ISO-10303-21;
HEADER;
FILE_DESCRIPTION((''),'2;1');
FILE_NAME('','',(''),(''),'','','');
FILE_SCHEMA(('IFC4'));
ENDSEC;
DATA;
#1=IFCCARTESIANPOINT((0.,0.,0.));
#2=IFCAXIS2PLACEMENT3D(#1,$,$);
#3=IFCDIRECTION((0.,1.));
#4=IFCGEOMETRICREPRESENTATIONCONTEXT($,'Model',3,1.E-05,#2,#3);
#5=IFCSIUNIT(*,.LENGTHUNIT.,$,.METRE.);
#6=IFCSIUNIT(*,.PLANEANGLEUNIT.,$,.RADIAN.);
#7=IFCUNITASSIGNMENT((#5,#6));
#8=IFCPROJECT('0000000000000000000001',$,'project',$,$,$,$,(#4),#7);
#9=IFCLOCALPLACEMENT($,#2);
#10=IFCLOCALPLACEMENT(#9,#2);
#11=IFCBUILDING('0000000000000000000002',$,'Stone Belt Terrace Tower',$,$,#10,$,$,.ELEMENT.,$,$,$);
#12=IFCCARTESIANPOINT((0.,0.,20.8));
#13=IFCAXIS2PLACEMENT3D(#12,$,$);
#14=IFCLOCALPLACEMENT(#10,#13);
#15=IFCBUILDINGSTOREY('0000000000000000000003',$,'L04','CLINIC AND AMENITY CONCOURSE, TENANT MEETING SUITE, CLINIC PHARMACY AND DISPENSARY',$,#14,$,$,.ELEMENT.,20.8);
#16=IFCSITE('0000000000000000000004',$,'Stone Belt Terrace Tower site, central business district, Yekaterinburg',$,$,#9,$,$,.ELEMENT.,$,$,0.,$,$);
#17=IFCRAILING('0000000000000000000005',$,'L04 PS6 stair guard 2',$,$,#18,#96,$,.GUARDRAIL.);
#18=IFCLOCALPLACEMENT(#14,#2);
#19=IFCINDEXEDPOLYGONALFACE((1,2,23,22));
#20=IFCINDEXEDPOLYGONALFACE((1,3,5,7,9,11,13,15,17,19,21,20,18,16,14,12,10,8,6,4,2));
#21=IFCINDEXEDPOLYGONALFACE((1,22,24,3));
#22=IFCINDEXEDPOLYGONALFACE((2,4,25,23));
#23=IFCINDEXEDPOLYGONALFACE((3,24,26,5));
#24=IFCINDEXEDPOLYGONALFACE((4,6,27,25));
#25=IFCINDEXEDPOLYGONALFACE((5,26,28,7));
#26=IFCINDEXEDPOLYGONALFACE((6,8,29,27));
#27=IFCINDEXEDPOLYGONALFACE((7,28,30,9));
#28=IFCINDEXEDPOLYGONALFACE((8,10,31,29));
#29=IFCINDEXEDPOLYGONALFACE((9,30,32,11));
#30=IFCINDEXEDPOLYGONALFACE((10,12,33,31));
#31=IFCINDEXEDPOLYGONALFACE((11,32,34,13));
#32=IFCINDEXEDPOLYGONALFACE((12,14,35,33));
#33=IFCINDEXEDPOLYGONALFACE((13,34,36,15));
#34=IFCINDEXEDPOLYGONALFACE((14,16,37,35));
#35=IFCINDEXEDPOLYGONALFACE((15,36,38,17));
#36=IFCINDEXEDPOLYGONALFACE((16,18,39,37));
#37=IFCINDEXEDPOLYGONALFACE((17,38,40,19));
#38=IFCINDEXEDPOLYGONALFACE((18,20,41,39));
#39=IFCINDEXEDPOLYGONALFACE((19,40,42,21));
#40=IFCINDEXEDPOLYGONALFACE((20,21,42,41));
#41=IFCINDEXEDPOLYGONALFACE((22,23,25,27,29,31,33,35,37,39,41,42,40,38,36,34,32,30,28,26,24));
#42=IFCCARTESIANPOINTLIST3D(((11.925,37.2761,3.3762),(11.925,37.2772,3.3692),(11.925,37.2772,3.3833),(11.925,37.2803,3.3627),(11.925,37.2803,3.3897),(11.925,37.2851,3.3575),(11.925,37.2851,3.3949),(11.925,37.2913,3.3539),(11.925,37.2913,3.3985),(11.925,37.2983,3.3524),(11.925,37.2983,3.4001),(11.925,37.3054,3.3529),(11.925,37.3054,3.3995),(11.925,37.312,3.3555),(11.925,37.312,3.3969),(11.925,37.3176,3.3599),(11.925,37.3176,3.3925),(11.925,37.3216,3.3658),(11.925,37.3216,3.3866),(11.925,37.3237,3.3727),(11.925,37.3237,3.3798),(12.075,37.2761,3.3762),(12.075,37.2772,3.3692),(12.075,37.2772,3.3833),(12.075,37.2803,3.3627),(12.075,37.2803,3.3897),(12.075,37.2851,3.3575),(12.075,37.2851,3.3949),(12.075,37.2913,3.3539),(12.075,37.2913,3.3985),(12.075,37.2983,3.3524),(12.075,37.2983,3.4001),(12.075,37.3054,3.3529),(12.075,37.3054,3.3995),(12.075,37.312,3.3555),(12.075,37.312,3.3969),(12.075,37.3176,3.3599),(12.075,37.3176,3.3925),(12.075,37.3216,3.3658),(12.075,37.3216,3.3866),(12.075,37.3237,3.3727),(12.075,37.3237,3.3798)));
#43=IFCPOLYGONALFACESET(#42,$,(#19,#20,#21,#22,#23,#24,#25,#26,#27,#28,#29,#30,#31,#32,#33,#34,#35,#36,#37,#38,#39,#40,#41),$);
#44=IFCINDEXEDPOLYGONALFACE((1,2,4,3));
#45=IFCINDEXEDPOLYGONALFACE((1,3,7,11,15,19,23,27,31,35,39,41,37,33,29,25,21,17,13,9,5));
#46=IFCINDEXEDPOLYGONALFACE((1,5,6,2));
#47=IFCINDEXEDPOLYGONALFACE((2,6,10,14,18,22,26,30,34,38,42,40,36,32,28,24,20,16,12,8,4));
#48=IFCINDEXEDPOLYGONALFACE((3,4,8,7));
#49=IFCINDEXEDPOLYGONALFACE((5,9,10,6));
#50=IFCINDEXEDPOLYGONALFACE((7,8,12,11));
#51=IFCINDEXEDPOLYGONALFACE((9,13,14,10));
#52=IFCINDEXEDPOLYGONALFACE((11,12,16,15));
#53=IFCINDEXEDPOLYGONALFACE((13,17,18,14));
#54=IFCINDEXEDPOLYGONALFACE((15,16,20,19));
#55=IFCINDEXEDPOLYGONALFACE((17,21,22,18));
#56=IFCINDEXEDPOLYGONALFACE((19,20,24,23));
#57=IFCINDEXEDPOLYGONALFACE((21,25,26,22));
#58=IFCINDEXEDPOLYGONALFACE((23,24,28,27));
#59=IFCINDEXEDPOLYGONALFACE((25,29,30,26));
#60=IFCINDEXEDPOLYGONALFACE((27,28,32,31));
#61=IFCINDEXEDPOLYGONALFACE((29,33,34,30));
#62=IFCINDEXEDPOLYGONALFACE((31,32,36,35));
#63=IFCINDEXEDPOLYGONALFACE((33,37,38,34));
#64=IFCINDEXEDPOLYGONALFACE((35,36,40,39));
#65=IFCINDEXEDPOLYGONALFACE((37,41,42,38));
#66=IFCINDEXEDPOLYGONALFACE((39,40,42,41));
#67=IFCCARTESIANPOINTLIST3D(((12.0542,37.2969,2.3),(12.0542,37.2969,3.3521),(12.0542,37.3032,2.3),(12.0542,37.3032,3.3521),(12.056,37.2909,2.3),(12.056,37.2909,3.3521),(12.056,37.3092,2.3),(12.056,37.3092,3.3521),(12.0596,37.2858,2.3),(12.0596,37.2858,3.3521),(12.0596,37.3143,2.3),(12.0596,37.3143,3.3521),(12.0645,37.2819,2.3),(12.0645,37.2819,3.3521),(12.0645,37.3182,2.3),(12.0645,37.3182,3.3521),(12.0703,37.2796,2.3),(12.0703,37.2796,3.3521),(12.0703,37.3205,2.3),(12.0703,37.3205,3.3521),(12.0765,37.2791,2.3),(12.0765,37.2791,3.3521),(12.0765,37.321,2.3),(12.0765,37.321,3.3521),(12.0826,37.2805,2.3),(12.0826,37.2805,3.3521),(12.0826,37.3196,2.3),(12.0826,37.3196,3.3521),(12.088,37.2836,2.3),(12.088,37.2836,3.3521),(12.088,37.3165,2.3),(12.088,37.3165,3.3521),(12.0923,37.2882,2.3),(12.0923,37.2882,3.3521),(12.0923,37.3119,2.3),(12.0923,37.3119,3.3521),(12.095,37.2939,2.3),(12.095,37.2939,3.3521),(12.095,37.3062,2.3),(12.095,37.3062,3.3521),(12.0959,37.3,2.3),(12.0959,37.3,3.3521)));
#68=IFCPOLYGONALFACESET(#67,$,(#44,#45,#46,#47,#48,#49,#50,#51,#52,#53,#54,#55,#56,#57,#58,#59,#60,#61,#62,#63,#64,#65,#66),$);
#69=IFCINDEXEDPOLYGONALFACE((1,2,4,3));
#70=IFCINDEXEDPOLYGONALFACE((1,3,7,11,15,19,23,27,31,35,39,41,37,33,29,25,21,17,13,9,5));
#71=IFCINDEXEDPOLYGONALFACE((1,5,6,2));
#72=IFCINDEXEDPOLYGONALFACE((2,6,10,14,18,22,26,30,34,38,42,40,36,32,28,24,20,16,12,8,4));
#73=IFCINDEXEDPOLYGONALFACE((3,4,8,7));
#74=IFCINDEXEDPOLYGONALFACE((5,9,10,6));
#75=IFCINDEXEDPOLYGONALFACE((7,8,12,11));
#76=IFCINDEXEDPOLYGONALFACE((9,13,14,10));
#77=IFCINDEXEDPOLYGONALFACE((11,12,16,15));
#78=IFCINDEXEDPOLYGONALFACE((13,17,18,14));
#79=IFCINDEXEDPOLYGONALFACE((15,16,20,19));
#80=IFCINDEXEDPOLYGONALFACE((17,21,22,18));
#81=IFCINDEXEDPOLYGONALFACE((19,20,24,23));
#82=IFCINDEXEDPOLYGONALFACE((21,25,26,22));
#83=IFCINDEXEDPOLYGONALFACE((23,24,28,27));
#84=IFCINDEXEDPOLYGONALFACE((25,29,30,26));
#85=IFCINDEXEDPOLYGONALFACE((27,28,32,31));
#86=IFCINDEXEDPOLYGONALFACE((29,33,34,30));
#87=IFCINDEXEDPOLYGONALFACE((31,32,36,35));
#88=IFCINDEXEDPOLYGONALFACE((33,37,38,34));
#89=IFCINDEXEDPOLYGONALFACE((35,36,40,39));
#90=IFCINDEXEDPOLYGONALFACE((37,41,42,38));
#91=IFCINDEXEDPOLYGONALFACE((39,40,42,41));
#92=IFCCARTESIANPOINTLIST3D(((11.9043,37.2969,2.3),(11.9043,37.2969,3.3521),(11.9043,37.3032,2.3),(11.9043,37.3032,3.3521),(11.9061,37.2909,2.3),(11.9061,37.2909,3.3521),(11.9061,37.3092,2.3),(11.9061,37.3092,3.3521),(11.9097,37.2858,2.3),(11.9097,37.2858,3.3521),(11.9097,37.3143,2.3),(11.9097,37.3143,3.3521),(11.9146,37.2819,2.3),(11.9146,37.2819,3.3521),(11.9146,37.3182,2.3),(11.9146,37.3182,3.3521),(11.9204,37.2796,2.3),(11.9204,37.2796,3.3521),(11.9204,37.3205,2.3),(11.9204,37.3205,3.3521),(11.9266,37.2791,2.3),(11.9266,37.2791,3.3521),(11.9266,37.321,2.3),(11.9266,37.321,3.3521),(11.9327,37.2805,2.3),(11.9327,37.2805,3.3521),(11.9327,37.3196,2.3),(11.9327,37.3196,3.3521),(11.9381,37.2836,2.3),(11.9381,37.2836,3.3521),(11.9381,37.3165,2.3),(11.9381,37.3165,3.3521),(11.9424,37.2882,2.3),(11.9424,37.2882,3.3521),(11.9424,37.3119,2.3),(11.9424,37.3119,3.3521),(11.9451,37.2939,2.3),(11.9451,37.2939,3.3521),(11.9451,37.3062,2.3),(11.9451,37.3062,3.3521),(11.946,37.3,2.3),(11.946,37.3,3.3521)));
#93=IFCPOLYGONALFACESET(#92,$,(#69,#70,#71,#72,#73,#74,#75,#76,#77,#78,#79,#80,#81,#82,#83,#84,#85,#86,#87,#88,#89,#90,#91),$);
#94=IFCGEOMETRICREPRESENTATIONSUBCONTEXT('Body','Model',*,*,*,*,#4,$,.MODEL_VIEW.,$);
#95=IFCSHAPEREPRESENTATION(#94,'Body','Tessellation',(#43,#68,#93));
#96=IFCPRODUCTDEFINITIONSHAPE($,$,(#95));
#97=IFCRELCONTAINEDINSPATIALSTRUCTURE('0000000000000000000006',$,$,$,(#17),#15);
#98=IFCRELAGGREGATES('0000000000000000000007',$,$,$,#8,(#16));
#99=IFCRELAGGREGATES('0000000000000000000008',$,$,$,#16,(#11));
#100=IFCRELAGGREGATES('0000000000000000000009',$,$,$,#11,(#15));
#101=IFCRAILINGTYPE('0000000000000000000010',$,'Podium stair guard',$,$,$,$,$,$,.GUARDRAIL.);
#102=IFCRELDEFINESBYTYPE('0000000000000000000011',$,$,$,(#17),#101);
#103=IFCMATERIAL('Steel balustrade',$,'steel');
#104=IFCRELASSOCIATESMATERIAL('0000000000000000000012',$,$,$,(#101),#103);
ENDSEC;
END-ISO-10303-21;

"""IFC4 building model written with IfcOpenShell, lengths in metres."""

from ifc_helpers import new_model, si_unit, direction, frame, origin, origin_2d, place, context, subcontext, project, spatial, circle, extrude, material, type_object, element, save


model = new_model("IFC4")

# Units and contexts
model_context = context("Model", 3, precision=1e-05, world=origin(), true_north=direction((0.0, 1.0)))
body_context = subcontext(model_context, "Body", "Model", "MODEL_VIEW")
ifc_project = project(units=[si_unit("LENGTHUNIT", "METRE"), si_unit("PLANEANGLEUNIT", "RADIAN")], contexts=[model_context])

# Site, building, storey
site_placement = place(None, origin())
site = spatial("IfcSite", under=ifc_project, at=site_placement, Name="Stone Belt Terrace Tower site, central business district, Yekaterinburg", CompositionType="ELEMENT", RefElevation=0.0)
building_placement = place(site_placement, origin())
building = spatial("IfcBuilding", under=site, at=building_placement, Name="Stone Belt Terrace Tower", CompositionType="ELEMENT")
storey_placement = place(building_placement, frame((0.0, 0.0, 20.8)))
storey = spatial("IfcBuildingStorey", under=building, at=storey_placement, Name="L04", Description="CLINIC AND AMENITY CONCOURSE, TENANT MEETING SUITE, CLINIC PHARMACY AND DISPENSARY", CompositionType="ELEMENT", Elevation=20.8)

# Railing
ifc_material_1 = material(Name="Steel balustrade", Category="steel")
railing_type_1 = type_object("IfcRailingType", Name="Podium stair guard", PredefinedType="GUARDRAIL", material=ifc_material_1)
railing_1_placement = place(storey_placement, frame((12.075, 37.3, 2.3)))
element("IfcRailing", 1, at=railing_1_placement, inside=storey, type_object=railing_type_1, Name="L04 PS6 stair guard 2", PredefinedType="GUARDRAIL", context=body_context, shape_type="SweptSolid", body=[
    extrude(circle(Radius=0.0239, at=origin_2d()), frame((0.0, 0.0, 1.0762), z_axis=(-1.0, 0.0, 0.0), x_axis=(0.0, -1.0, 0.0)), (0.0, 0.0, 1.0), 0.1499),
    extrude(circle(Radius=0.021, at=origin_2d()), origin(), (0.0, 0.0, 1.0), 1.052),
    extrude(circle(Radius=0.021, at=origin_2d()), frame((-0.1499, 0.0, 0.0)), (0.0, 0.0, 1.0), 1.052),
])

save(model, "model.ifc")
